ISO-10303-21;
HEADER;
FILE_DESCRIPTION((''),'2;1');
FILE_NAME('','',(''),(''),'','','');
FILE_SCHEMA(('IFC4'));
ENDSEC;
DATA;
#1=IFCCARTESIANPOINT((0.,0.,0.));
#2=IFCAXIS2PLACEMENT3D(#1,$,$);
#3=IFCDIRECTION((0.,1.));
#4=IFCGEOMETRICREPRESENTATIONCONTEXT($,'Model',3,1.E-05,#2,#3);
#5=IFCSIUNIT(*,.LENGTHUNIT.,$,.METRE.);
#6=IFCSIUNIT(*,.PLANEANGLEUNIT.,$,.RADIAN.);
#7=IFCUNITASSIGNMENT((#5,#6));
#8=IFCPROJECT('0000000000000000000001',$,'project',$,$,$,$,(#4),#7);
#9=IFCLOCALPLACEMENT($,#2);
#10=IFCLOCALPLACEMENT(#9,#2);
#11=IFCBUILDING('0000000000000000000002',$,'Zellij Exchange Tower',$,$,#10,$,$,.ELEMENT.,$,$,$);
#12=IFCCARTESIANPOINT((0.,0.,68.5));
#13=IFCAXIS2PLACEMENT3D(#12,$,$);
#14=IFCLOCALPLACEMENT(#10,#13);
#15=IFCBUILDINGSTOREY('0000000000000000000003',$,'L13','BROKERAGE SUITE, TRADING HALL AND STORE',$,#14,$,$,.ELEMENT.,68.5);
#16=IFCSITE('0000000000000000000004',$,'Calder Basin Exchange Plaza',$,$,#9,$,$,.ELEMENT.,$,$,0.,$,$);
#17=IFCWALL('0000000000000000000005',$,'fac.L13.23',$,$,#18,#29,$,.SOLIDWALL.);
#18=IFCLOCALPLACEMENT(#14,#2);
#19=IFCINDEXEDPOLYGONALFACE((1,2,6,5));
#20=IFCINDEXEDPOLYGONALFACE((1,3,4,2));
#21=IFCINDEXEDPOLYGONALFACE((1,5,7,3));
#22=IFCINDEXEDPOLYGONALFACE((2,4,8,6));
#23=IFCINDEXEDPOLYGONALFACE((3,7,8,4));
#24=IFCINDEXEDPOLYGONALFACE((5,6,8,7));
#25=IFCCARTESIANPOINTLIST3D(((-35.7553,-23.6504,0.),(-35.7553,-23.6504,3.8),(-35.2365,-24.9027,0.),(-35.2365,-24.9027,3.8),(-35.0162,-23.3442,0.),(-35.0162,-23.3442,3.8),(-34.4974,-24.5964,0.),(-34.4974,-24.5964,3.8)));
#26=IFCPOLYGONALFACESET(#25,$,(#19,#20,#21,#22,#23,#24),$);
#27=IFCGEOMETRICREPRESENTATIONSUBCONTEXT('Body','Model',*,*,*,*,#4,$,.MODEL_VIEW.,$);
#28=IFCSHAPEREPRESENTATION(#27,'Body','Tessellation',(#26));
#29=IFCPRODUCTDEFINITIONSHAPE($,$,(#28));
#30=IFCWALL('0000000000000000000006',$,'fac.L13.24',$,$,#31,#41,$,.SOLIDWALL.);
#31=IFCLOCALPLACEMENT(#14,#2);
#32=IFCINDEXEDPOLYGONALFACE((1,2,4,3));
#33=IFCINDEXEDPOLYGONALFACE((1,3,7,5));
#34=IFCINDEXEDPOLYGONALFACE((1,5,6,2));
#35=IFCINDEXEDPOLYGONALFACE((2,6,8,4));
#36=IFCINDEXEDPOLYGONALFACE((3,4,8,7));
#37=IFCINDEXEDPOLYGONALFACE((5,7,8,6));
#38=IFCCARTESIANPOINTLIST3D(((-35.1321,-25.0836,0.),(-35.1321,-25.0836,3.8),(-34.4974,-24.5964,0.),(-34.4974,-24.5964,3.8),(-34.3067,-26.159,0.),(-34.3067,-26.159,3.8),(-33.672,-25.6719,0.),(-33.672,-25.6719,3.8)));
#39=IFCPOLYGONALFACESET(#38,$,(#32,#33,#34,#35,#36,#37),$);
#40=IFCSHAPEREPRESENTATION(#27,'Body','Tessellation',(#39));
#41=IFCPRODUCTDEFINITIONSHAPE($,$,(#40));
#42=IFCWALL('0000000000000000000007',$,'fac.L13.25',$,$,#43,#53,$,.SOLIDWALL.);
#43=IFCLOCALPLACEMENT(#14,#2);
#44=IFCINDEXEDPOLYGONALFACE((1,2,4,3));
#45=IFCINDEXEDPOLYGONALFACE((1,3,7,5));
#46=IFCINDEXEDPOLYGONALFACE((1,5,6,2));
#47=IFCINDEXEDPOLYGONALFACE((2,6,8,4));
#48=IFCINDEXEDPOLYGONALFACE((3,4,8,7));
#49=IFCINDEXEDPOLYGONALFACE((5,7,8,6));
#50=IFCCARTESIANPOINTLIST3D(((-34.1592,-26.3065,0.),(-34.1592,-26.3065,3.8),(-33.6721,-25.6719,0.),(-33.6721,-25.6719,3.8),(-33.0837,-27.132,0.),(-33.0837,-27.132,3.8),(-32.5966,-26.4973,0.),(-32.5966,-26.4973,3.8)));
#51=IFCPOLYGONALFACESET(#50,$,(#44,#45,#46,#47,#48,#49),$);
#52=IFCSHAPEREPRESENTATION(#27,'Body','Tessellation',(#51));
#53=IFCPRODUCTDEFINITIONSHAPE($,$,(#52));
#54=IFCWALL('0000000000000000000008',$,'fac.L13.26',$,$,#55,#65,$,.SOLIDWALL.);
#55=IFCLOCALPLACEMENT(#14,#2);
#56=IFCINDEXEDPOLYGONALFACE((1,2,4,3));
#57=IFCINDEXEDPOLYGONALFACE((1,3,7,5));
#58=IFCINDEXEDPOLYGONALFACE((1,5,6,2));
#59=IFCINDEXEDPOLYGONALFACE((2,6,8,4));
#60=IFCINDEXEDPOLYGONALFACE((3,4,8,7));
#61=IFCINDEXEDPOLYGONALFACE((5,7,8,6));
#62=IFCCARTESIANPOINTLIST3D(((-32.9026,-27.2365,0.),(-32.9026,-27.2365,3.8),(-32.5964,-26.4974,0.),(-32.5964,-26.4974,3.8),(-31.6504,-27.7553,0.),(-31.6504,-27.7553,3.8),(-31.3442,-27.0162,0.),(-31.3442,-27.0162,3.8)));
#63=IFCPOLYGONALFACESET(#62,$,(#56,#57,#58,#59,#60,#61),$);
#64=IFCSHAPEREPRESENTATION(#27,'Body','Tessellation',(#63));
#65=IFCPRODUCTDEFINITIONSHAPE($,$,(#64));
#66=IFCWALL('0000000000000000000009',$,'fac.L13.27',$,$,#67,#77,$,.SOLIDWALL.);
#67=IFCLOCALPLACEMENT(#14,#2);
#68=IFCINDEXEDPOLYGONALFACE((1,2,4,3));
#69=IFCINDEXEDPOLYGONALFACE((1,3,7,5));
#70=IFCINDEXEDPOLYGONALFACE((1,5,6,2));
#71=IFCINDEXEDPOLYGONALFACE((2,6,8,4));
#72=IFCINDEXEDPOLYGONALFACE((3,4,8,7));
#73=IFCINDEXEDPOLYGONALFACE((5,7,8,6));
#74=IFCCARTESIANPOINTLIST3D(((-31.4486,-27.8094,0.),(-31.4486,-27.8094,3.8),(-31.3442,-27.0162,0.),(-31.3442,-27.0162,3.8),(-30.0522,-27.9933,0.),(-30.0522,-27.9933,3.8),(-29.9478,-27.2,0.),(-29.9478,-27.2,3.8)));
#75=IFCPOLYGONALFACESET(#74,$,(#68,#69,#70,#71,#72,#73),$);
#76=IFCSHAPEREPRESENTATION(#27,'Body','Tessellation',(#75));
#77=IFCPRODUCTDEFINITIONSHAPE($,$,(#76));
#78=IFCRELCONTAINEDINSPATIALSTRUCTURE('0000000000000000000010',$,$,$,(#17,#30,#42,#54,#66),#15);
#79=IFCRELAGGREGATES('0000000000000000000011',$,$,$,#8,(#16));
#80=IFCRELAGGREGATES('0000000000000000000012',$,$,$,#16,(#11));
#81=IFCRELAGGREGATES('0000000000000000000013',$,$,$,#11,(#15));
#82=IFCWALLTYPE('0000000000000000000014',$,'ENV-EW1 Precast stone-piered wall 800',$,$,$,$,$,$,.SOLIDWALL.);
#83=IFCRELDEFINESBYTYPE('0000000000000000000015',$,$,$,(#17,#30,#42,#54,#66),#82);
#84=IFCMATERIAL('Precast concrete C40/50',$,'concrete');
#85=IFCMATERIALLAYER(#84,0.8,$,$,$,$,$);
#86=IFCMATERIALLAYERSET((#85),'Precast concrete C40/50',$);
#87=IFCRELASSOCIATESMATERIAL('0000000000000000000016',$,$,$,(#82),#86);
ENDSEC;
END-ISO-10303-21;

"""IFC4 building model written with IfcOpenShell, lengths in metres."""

from ifc_helpers import new_model, si_unit, direction, frame, frame_2d, origin, place, context, subcontext, project, spatial, rectangle, extrude, material, layer, layer_set, type_object, element, save


model = new_model("IFC4")

# Units and contexts
model_context = context("Model", 3, precision=1e-05, world=origin(), true_north=direction((0.0, 1.0)))
body_context = subcontext(model_context, "Body", "Model", "MODEL_VIEW")
ifc_project = project(units=[si_unit("LENGTHUNIT", "METRE"), si_unit("PLANEANGLEUNIT", "RADIAN")], contexts=[model_context])

# Site, building, storey
site_placement = place(None, origin())
site = spatial("IfcSite", under=ifc_project, at=site_placement, Name="Calder Basin Exchange Plaza", CompositionType="ELEMENT", RefElevation=0.0)
building_placement = place(site_placement, origin())
building = spatial("IfcBuilding", under=site, at=building_placement, Name="Zellij Exchange Tower", CompositionType="ELEMENT")
storey_placement = place(building_placement, frame((0.0, 0.0, 68.5)))
storey = spatial("IfcBuildingStorey", under=building, at=storey_placement, Name="L13", Description="BROKERAGE SUITE, TRADING HALL AND STORE", CompositionType="ELEMENT", Elevation=68.5)

# Walls
ifc_material_1 = material(Name="Precast concrete C40/50", Category="concrete")
ifc_layer_1 = layer(ifc_material_1, 0.8)
ifc_layer_set_1 = layer_set([ifc_layer_1], Name="Precast concrete C40/50")
wall_type = type_object("IfcWallType", Name="ENV-EW1 Precast stone-piered wall 800", PredefinedType="SOLIDWALL", material=ifc_layer_set_1)
wall_1_placement = place(storey_placement, frame((-35.3857, -23.4973, 0.0), z_axis=(0.0, 0.0, 1.0), x_axis=(0.38276, -0.923848, 0.0)))
element("IfcWall", 1, at=wall_1_placement, inside=storey, type_object=wall_type, Name="fac.L13.23", PredefinedType="SOLIDWALL", context=body_context, shape_type="SweptSolid", body=[
    extrude(rectangle(XDim=1.3555, YDim=0.8, at=frame_2d((0.6777, 0.0))), origin(), (0.0, 0.0, 1.0), 3.8),
])
for number, where, z_axis, x_axis, name in (
    (2, (-34.8147, -24.8401, 0.0), (0.0, 0.0, 1.0), (0.608866, -0.793273, 0.0), "fac.L13.24"),
    (3, (-33.9155, -25.9893, 0.0), (0.0, 0.0, 1.0), (0.793273, -0.608866, 0.0), "fac.L13.25"),
):
    element("IfcWall", number, at=place(storey_placement, frame(where, z_axis=z_axis, x_axis=x_axis)), inside=storey, type_object=wall_type, Name=name, PredefinedType="SOLIDWALL", context=body_context, shape_type="SweptSolid", body=[
        extrude(rectangle(XDim=1.3557, YDim=0.8, at=frame_2d((0.6777, 0.0))), origin(), (0.0, 0.0, 1.0), 3.8),
    ])
wall_2_placement = place(storey_placement, frame((-32.7495, -26.8669, 0.0), z_axis=(0.0, 0.0, 1.0), x_axis=(0.923848, -0.38276, 0.0)))
element("IfcWall", 4, at=wall_2_placement, inside=storey, type_object=wall_type, Name="fac.L13.26", PredefinedType="SOLIDWALL", context=body_context, shape_type="SweptSolid", body=[
    extrude(rectangle(XDim=1.3555, YDim=0.8, at=frame_2d((0.6777, 0.0))), origin(), (0.0, 0.0, 1.0), 3.8),
])
wall_3_placement = place(storey_placement, frame((-31.3962, -27.4128, 0.0), z_axis=(0.0, 0.0, 1.0), x_axis=(0.991446, -0.130517, 0.0)))
element("IfcWall", 5, at=wall_3_placement, inside=storey, type_object=wall_type, Name="fac.L13.27", PredefinedType="SOLIDWALL", context=body_context, shape_type="SweptSolid", body=[
    extrude(rectangle(XDim=1.4084, YDim=0.8, at=frame_2d((0.7041, 0.0))), origin(), (0.0, 0.0, 1.0), 3.8),
])

save(model, "model.ifc")
